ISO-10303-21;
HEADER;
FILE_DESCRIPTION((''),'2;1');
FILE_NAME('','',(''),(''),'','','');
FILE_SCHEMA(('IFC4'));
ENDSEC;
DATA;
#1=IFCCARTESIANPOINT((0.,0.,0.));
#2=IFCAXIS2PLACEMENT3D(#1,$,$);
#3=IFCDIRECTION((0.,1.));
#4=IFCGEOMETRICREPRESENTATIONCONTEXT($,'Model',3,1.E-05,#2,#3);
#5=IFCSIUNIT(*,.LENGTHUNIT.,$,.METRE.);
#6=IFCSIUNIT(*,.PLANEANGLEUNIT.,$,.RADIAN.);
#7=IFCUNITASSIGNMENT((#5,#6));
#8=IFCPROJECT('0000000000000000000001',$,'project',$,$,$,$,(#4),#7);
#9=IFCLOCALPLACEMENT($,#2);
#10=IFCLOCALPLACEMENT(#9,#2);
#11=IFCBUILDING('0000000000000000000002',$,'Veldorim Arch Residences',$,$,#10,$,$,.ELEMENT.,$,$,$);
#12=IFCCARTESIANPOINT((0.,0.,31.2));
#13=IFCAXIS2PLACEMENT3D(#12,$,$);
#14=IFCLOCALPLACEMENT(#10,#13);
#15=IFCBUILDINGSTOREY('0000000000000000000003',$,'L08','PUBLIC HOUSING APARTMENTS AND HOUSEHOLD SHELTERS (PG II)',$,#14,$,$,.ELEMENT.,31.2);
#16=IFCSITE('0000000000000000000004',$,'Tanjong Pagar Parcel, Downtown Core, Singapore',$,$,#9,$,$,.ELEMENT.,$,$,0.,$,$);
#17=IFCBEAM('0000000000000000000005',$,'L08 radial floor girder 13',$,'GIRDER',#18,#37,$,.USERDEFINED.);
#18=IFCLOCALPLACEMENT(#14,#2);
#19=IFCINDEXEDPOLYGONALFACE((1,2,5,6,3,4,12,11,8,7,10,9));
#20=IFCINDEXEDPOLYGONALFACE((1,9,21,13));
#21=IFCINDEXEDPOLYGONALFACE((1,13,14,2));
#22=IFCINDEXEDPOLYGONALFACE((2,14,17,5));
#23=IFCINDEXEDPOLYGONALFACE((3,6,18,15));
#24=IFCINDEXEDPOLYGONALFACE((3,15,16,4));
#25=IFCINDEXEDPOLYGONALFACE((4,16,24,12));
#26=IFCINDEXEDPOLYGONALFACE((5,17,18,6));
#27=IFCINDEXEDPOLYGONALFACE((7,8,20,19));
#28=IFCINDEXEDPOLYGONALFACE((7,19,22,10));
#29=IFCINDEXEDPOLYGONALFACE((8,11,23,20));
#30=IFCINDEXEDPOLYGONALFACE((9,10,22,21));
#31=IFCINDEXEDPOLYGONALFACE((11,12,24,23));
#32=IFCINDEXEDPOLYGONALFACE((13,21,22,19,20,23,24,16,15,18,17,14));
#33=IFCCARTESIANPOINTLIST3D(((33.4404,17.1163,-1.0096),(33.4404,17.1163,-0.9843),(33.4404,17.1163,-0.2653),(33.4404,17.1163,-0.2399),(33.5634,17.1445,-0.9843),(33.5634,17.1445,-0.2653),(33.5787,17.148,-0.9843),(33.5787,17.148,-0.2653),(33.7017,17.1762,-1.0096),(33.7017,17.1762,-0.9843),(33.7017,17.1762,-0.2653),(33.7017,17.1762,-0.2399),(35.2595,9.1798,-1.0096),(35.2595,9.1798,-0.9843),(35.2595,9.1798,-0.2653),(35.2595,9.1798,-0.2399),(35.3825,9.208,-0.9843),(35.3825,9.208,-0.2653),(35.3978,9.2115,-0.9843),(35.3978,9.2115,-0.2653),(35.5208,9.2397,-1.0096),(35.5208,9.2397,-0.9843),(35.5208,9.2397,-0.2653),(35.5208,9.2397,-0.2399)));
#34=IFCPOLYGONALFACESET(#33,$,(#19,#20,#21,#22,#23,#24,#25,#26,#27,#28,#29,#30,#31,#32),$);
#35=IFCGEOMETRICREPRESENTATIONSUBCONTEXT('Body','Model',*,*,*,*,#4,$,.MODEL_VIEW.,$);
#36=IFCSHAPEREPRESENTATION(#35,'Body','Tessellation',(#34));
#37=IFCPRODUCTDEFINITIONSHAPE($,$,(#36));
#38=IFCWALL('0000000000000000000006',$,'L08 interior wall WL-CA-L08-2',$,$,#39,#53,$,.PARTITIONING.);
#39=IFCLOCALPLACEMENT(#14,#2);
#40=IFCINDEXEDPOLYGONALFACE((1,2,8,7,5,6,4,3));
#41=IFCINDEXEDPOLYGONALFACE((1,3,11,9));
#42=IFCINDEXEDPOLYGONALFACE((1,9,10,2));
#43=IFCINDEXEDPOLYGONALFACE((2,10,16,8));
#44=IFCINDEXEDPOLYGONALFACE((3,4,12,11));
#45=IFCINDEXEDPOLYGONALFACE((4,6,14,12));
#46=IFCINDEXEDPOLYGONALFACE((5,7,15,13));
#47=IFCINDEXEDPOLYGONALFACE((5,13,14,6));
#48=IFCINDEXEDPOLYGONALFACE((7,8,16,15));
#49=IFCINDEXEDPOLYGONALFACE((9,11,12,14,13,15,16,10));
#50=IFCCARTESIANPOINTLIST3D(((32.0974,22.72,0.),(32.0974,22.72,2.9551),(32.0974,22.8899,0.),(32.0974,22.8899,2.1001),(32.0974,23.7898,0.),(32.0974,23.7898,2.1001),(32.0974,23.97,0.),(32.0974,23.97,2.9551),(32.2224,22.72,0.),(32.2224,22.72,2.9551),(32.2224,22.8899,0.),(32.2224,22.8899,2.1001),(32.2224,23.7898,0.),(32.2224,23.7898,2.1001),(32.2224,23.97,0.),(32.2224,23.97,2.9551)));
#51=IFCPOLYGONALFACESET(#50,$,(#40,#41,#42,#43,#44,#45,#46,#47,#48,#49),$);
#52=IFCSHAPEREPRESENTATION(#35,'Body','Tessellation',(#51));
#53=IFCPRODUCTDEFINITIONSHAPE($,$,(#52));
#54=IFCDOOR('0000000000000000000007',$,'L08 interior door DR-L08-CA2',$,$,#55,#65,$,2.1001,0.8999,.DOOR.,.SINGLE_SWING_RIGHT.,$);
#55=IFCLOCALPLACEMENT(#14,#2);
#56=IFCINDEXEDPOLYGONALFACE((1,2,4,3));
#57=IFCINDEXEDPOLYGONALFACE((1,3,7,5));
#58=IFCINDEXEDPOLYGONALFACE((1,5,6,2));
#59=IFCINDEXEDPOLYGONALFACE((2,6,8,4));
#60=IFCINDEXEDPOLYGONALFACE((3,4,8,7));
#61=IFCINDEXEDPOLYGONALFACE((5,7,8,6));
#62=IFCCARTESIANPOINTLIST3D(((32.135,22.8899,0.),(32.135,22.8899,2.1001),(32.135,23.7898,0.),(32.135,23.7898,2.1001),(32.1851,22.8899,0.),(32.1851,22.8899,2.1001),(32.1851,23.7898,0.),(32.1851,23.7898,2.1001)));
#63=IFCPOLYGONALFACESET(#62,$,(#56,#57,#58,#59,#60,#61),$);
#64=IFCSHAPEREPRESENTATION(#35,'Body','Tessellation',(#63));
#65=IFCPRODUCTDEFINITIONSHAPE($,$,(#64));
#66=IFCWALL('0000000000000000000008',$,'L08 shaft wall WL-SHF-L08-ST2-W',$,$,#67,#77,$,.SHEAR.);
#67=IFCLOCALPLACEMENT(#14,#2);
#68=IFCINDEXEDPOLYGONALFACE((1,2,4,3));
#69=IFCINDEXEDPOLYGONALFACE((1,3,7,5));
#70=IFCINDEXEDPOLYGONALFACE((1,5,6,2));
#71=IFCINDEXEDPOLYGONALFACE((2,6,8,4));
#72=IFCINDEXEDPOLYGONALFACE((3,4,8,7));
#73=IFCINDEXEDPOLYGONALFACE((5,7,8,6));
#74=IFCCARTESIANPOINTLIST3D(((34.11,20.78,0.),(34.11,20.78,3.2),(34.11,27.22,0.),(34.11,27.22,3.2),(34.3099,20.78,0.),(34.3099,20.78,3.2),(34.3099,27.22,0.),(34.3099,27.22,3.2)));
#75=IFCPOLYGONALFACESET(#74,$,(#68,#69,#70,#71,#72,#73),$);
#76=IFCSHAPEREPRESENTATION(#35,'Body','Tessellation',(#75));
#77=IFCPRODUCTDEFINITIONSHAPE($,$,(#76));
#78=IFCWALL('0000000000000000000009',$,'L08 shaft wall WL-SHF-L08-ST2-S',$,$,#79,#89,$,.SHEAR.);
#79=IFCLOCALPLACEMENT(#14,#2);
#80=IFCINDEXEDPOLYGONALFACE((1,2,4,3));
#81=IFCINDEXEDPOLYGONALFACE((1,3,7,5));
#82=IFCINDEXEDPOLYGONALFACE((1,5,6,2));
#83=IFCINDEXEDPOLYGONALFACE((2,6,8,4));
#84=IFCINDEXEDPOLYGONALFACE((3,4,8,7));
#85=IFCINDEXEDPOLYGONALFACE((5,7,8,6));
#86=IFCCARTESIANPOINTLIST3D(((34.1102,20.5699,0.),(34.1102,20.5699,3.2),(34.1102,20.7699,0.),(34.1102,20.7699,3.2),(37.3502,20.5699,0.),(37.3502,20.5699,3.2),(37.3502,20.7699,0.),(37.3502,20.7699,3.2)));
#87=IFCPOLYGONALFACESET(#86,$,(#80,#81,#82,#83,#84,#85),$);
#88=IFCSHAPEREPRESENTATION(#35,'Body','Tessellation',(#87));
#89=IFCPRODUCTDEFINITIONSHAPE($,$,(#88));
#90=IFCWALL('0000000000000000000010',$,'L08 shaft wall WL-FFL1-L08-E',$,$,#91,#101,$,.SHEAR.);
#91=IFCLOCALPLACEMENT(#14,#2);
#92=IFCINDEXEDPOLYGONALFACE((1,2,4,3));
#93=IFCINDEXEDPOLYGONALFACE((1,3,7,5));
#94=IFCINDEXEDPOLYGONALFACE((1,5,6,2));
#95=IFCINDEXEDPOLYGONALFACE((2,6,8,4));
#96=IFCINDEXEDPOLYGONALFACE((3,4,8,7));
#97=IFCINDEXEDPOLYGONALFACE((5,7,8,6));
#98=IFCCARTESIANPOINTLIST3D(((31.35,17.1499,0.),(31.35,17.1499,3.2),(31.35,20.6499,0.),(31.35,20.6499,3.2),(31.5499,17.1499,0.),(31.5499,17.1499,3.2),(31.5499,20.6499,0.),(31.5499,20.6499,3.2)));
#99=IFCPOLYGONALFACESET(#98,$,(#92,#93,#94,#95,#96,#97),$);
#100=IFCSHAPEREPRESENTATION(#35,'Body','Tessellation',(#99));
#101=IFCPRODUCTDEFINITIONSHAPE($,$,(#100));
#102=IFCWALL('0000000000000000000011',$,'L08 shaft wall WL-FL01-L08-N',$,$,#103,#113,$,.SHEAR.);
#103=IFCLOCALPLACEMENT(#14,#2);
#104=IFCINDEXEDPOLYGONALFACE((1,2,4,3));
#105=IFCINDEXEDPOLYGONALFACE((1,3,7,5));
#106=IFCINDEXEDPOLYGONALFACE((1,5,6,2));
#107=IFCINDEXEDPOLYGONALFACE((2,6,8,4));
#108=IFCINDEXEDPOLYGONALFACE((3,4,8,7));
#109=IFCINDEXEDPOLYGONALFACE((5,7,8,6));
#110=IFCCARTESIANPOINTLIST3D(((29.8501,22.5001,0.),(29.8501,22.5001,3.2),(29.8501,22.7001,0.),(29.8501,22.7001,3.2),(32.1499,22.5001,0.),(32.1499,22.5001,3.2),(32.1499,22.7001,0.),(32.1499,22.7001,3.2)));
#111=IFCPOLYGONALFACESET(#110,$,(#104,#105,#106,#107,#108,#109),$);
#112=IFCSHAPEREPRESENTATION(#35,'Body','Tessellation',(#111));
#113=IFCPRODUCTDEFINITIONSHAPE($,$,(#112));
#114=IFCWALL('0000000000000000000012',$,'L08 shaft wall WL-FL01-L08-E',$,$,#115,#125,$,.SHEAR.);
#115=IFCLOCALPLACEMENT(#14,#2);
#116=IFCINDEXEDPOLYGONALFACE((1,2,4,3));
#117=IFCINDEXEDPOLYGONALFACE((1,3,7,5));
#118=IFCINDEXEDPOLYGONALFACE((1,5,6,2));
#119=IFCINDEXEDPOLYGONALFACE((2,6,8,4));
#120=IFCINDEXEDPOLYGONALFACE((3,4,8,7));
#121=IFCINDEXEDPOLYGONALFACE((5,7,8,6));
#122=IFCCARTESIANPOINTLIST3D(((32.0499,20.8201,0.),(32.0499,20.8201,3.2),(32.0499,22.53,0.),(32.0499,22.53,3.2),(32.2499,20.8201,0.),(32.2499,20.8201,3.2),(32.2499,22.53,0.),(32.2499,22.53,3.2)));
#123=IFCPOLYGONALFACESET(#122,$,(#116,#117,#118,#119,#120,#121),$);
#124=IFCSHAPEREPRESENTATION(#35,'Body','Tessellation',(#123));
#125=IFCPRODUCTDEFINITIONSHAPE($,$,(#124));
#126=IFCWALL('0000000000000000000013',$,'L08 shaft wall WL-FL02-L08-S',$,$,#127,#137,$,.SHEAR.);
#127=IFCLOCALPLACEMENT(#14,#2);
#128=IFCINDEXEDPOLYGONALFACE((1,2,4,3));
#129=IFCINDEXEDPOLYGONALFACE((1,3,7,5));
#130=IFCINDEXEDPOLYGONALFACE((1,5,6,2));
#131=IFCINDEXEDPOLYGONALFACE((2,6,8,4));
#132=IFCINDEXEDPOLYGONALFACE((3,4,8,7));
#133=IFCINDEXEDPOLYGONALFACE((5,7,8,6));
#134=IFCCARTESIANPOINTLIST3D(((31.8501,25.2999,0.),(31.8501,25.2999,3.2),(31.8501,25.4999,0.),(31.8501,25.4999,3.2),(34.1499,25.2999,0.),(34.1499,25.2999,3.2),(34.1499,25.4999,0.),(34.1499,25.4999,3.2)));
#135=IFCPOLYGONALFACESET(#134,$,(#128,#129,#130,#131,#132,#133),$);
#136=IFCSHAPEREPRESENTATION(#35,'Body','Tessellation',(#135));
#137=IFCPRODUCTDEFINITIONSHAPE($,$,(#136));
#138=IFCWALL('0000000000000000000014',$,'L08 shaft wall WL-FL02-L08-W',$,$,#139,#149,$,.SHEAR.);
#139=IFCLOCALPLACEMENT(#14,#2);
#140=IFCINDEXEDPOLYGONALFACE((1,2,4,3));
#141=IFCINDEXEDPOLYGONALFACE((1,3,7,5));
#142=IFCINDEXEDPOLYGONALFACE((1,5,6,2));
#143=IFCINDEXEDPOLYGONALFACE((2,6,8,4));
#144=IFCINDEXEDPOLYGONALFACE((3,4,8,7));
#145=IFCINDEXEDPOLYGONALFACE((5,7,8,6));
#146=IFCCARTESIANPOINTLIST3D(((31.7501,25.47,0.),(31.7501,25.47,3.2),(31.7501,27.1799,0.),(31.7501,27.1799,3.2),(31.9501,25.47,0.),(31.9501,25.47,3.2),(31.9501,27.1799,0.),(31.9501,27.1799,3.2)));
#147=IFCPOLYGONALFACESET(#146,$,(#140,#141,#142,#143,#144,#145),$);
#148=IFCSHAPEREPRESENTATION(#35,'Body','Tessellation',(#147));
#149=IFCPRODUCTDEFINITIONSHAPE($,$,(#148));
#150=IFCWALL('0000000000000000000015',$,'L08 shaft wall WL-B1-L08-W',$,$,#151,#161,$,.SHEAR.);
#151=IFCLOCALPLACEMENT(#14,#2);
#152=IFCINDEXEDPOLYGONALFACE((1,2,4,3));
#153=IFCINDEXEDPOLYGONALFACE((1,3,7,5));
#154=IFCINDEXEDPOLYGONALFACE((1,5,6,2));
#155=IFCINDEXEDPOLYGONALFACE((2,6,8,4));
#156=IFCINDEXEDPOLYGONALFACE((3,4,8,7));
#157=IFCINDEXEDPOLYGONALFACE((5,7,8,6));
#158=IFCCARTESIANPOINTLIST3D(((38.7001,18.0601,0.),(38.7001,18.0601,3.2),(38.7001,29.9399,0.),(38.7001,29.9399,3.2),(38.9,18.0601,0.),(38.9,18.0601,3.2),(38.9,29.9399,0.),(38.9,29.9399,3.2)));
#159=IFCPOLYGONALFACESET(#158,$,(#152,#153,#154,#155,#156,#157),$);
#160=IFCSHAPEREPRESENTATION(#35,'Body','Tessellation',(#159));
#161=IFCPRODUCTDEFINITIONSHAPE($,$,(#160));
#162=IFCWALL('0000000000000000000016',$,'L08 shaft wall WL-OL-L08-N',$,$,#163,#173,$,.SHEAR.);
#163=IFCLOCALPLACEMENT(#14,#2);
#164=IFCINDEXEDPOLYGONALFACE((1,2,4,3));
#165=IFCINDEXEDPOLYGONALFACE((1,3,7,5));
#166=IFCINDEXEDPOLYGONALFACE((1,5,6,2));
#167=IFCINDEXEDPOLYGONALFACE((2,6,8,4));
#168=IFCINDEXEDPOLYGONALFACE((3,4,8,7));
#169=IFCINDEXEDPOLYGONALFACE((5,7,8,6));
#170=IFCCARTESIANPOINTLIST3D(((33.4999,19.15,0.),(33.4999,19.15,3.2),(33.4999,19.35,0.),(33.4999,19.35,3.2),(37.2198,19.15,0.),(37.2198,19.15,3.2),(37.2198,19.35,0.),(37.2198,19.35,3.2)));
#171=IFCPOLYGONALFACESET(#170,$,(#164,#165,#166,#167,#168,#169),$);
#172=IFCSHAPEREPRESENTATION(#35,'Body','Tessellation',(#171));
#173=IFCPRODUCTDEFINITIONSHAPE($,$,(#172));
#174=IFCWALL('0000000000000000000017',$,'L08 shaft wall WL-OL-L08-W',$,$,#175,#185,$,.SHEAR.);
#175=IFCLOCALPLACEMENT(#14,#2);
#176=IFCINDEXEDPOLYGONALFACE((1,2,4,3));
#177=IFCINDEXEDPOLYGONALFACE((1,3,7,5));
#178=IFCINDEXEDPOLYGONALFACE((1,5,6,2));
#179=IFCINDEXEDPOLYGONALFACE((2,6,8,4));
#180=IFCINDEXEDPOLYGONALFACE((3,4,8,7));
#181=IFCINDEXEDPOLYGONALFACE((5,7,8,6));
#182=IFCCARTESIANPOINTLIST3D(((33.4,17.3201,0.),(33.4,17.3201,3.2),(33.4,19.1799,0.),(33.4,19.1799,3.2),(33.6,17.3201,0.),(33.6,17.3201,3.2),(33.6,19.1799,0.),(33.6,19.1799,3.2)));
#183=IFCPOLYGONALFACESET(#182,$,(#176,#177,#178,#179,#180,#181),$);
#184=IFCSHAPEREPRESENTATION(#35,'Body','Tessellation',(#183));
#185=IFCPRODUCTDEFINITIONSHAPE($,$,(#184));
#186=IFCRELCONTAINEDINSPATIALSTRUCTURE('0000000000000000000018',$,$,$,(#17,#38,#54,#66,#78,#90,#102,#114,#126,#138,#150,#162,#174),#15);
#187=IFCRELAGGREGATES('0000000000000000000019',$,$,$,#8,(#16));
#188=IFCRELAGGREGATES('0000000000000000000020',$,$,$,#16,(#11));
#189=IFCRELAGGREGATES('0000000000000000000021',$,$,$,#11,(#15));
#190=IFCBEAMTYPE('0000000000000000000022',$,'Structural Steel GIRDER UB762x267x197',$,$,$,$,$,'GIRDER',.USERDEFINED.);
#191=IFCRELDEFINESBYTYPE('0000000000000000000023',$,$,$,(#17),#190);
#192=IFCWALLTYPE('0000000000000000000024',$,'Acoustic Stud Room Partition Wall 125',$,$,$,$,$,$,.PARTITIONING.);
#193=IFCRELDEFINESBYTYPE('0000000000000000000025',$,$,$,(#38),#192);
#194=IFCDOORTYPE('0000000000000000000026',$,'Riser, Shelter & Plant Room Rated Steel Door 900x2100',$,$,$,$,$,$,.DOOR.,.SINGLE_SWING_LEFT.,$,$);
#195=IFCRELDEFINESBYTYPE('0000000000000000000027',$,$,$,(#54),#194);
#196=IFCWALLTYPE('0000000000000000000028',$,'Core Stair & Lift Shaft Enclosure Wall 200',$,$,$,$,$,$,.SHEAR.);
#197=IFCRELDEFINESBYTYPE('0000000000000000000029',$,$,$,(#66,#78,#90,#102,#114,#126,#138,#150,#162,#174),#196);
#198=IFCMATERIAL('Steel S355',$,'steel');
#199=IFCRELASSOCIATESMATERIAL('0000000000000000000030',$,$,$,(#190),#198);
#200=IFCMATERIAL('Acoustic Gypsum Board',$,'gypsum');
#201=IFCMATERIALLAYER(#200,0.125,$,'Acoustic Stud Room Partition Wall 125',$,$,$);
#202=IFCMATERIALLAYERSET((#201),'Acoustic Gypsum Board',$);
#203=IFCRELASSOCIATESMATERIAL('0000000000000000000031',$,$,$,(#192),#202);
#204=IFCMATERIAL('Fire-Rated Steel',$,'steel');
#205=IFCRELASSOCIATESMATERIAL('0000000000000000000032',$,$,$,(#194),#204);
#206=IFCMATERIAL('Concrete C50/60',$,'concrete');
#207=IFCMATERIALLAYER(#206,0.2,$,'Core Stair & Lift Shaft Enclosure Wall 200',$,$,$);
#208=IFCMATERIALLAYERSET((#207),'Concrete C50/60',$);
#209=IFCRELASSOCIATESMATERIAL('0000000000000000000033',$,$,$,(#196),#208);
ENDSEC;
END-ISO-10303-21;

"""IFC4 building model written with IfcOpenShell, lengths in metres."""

from ifc_helpers import new_model, si_unit, direction, frame, frame_2d, origin, origin_2d, place, context, subcontext, project, spatial, rectangle, i_section, extrude, material, layer, layer_set, material_profile, profile_set, type_object, element, fill, save


model = new_model("IFC4")

# Units and contexts
model_context = context("Model", 3, precision=1e-05, world=origin(), true_north=direction((0.0, 1.0)))
body_context = subcontext(model_context, "Body", "Model", "MODEL_VIEW")
ifc_project = project(units=[si_unit("LENGTHUNIT", "METRE"), si_unit("PLANEANGLEUNIT", "RADIAN")], contexts=[model_context])

# Site, building, storey
site_placement = place(None, origin())
site = spatial("IfcSite", under=ifc_project, at=site_placement, Name="Tanjong Pagar Parcel, Downtown Core, Singapore", CompositionType="ELEMENT", RefElevation=0.0)
building_placement = place(site_placement, origin())
building = spatial("IfcBuilding", under=site, at=building_placement, Name="Veldorim Arch Residences", CompositionType="ELEMENT")
storey_placement = place(building_placement, frame((0.0, 0.0, 31.2)))
storey = spatial("IfcBuildingStorey", under=building, at=storey_placement, Name="L08", Description="PUBLIC HOUSING APARTMENTS AND HOUSEHOLD SHELTERS (PG II)", CompositionType="ELEMENT", Elevation=31.2)

# Beam
ifc_material_1 = material(Name="Steel S355", Category="steel")
ifc_material_profile = material_profile(ifc_material_1, i_section(OverallWidth=0.2681, OverallDepth=0.7698, WebThickness=0.0156, FlangeThickness=0.0254, at=origin_2d()), Name="UB762x267x197")
ifc_profile_set = profile_set([ifc_material_profile], Name="Steel S355")
beam_type = type_object("IfcBeamType", Name="Structural Steel GIRDER UB762x267x197", ElementType="GIRDER", PredefinedType="USERDEFINED", material=ifc_profile_set)
beam_placement = place(storey_placement, frame((33.571, 17.1462, -0.6248), z_axis=(0.223412, -0.974724, 0.0), x_axis=(0.974724, 0.223412, 0.0)))
element("IfcBeam", 1, at=beam_placement, inside=storey, type_object=beam_type, Name="L08 radial floor girder 13", ObjectType="GIRDER", PredefinedType="USERDEFINED", context=body_context, shape_type="SweptSolid", body=[
    extrude(i_section(OverallWidth=0.2681, OverallDepth=0.7698, WebThickness=0.0156, FlangeThickness=0.0254, at=origin_2d()), origin(), (0.0, 0.0, 1.0), 8.1423),
])

# Wall, opening, door
ifc_material_2 = material(Name="Acoustic Gypsum Board", Category="gypsum")
ifc_layer_1 = layer(ifc_material_2, 0.125, Name="Acoustic Stud Room Partition Wall 125")
ifc_layer_set_1 = layer_set([ifc_layer_1], Name="Acoustic Gypsum Board")
wall_type_1 = type_object("IfcWallType", Name="Acoustic Stud Room Partition Wall 125", PredefinedType="PARTITIONING", material=ifc_layer_set_1)
wall_1_placement = place(storey_placement, frame((32.1599, 22.72, 0.0), z_axis=(0.0, 0.0, 1.0), x_axis=(0.0, 1.0, 0.0)))
wall_1 = element("IfcWall", 2, at=wall_1_placement, inside=storey, type_object=wall_type_1, Name="L08 interior wall WL-CA-L08-2", PredefinedType="PARTITIONING", context=body_context, shape_type="SweptSolid", body=[
    extrude(rectangle(XDim=1.25, YDim=0.125, at=frame_2d((0.625, 0.0))), origin(), (0.0, 0.0, 1.0), 2.9551),
])
opening_1_placement = place(wall_1_placement, frame((0.1699, 0.0, 0.0)))
opening_1 = element("IfcOpeningElement", 3, at=opening_1_placement, cuts=wall_1, PredefinedType="OPENING", context=body_context, shape_type="SweptSolid", body=[
    extrude(rectangle(XDim=0.8999, YDim=2.1001, at=frame_2d((0.45, 1.05))), frame((0.0, 0.0725, 0.0), z_axis=(0.0, -1.0, 0.0), x_axis=(1.0, 0.0, 0.0)), (0.0, 0.0, 1.0), 0.145),
])
ifc_material_3 = material(Name="Fire-Rated Steel", Category="steel")
door_type_1 = type_object("IfcDoorType", Name="Riser, Shelter & Plant Room Rated Steel Door 900x2100", OperationType="SINGLE_SWING_LEFT", PredefinedType="DOOR", material=ifc_material_3)
door_1_placement = place(opening_1_placement, origin())
door_1 = element("IfcDoor", 4, at=door_1_placement, inside=storey, type_object=door_type_1, Name="L08 interior door DR-L08-CA2", OperationType="SINGLE_SWING_RIGHT", OverallHeight=2.1001, OverallWidth=0.8999, PredefinedType="DOOR", context=body_context, shape_type="SweptSolid", body=[
    extrude(rectangle(XDim=0.8999, YDim=2.1001, at=frame_2d((0.45, 1.05))), frame((0.0, 0.0249, 0.0), z_axis=(0.0, -1.0, 0.0), x_axis=(1.0, 0.0, 0.0)), (0.0, 0.0, 1.0), 0.05),
])
fill(opening_1, door_1)

# Walls
ifc_material_4 = material(Name="Concrete C50/60", Category="concrete")
ifc_layer_2 = layer(ifc_material_4, 0.2, Name="Core Stair & Lift Shaft Enclosure Wall 200")
ifc_layer_set_2 = layer_set([ifc_layer_2], Name="Concrete C50/60")
wall_type_2 = type_object("IfcWallType", Name="Core Stair & Lift Shaft Enclosure Wall 200", PredefinedType="SHEAR", material=ifc_layer_set_2)
wall_2_placement = place(storey_placement, frame((34.21, 20.78, 0.0), z_axis=(0.0, 0.0, 1.0), x_axis=(0.0, 1.0, 0.0)))
element("IfcWall", 5, at=wall_2_placement, inside=storey, type_object=wall_type_2, Name="L08 shaft wall WL-SHF-L08-ST2-W", PredefinedType="SHEAR", context=body_context, shape_type="SweptSolid", body=[
    extrude(rectangle(XDim=6.4399, YDim=0.2, at=frame_2d((3.22, 0.0))), origin(), (0.0, 0.0, 1.0), 3.2),
])
wall_3_placement = place(storey_placement, frame((34.1101, 20.6699, 0.0), z_axis=(0.0, 0.0, 1.0), x_axis=(1.0, 0.0, 0.0)))
element("IfcWall", 6, at=wall_3_placement, inside=storey, type_object=wall_type_2, Name="L08 shaft wall WL-SHF-L08-ST2-S", PredefinedType="SHEAR", context=body_context, shape_type="SweptSolid", body=[
    extrude(rectangle(XDim=3.24, YDim=0.2, at=frame_2d((1.6201, 0.0))), origin(), (0.0, 0.0, 1.0), 3.2),
])
wall_4_placement = place(storey_placement, frame((31.45, 17.1499, 0.0), z_axis=(0.0, 0.0, 1.0), x_axis=(0.0, 1.0, 0.0)))
element("IfcWall", 7, at=wall_4_placement, inside=storey, type_object=wall_type_2, Name="L08 shaft wall WL-FFL1-L08-E", PredefinedType="SHEAR", context=body_context, shape_type="SweptSolid", body=[
    extrude(rectangle(XDim=3.5, YDim=0.2, at=frame_2d((1.75, 0.0))), origin(), (0.0, 0.0, 1.0), 3.2),
])

# Walls
wall_5_placement = place(storey_placement, frame((29.8501, 22.6001, 0.0), z_axis=(0.0, 0.0, 1.0), x_axis=(1.0, 0.0, 0.0)))
element("IfcWall", 8, at=wall_5_placement, inside=storey, type_object=wall_type_2, Name="L08 shaft wall WL-FL01-L08-N", PredefinedType="SHEAR", context=body_context, shape_type="SweptSolid", body=[
    extrude(rectangle(XDim=2.2998, YDim=0.2, at=frame_2d((1.1499, 0.0))), origin(), (0.0, 0.0, 1.0), 3.2),
])
wall_6_placement = place(storey_placement, frame((32.1499, 20.8201, 0.0), z_axis=(0.0, 0.0, 1.0), x_axis=(0.0, 1.0, 0.0)))
element("IfcWall", 9, at=wall_6_placement, inside=storey, type_object=wall_type_2, Name="L08 shaft wall WL-FL01-L08-E", PredefinedType="SHEAR", context=body_context, shape_type="SweptSolid", body=[
    extrude(rectangle(XDim=1.71, YDim=0.2, at=frame_2d((0.855, 0.0))), origin(), (0.0, 0.0, 1.0), 3.2),
])
wall_7_placement = place(storey_placement, frame((31.8501, 25.3999, 0.0), z_axis=(0.0, 0.0, 1.0), x_axis=(1.0, 0.0, 0.0)))
element("IfcWall", 10, at=wall_7_placement, inside=storey, type_object=wall_type_2, Name="L08 shaft wall WL-FL02-L08-S", PredefinedType="SHEAR", context=body_context, shape_type="SweptSolid", body=[
    extrude(rectangle(XDim=2.2998, YDim=0.2, at=frame_2d((1.1499, 0.0))), origin(), (0.0, 0.0, 1.0), 3.2),
])
wall_8_placement = place(storey_placement, frame((31.8501, 25.47, 0.0), z_axis=(0.0, 0.0, 1.0), x_axis=(0.0, 1.0, 0.0)))
element("IfcWall", 11, at=wall_8_placement, inside=storey, type_object=wall_type_2, Name="L08 shaft wall WL-FL02-L08-W", PredefinedType="SHEAR", context=body_context, shape_type="SweptSolid", body=[
    extrude(rectangle(XDim=1.71, YDim=0.2, at=frame_2d((0.855, 0.0))), origin(), (0.0, 0.0, 1.0), 3.2),
])
wall_9_placement = place(storey_placement, frame((38.8, 18.0601, 0.0), z_axis=(0.0, 0.0, 1.0), x_axis=(0.0, 1.0, 0.0)))
element("IfcWall", 12, at=wall_9_placement, inside=storey, type_object=wall_type_2, Name="L08 shaft wall WL-B1-L08-W", PredefinedType="SHEAR", context=body_context, shape_type="SweptSolid", body=[
    extrude(rectangle(XDim=11.8799, YDim=0.2, at=frame_2d((5.9399, 0.0))), origin(), (0.0, 0.0, 1.0), 3.2),
])
wall_10_placement = place(storey_placement, frame((33.5, 19.25, 0.0), z_axis=(0.0, 0.0, 1.0), x_axis=(1.0, 0.0, 0.0)))
element("IfcWall", 13, at=wall_10_placement, inside=storey, type_object=wall_type_2, Name="L08 shaft wall WL-OL-L08-N", PredefinedType="SHEAR", context=body_context, shape_type="SweptSolid", body=[
    extrude(rectangle(XDim=3.72, YDim=0.2, at=frame_2d((1.8599, 0.0))), origin(), (0.0, 0.0, 1.0), 3.2),
])
for number, where, z_axis, x_axis, name in (
    (14, (33.5, 17.3201, 0.0), (0.0, 0.0, 1.0), (0.0, 1.0, 0.0), "L08 shaft wall WL-OL-L08-W"),
):
    element("IfcWall", number, at=place(storey_placement, frame(where, z_axis=z_axis, x_axis=x_axis)), inside=storey, type_object=wall_type_2, Name=name, PredefinedType="SHEAR", context=body_context, shape_type="SweptSolid", body=[
        extrude(rectangle(XDim=1.8599, YDim=0.2, at=frame_2d((0.9299, 0.0))), origin(), (0.0, 0.0, 1.0), 3.2),
    ])

save(model, "model.ifc")
